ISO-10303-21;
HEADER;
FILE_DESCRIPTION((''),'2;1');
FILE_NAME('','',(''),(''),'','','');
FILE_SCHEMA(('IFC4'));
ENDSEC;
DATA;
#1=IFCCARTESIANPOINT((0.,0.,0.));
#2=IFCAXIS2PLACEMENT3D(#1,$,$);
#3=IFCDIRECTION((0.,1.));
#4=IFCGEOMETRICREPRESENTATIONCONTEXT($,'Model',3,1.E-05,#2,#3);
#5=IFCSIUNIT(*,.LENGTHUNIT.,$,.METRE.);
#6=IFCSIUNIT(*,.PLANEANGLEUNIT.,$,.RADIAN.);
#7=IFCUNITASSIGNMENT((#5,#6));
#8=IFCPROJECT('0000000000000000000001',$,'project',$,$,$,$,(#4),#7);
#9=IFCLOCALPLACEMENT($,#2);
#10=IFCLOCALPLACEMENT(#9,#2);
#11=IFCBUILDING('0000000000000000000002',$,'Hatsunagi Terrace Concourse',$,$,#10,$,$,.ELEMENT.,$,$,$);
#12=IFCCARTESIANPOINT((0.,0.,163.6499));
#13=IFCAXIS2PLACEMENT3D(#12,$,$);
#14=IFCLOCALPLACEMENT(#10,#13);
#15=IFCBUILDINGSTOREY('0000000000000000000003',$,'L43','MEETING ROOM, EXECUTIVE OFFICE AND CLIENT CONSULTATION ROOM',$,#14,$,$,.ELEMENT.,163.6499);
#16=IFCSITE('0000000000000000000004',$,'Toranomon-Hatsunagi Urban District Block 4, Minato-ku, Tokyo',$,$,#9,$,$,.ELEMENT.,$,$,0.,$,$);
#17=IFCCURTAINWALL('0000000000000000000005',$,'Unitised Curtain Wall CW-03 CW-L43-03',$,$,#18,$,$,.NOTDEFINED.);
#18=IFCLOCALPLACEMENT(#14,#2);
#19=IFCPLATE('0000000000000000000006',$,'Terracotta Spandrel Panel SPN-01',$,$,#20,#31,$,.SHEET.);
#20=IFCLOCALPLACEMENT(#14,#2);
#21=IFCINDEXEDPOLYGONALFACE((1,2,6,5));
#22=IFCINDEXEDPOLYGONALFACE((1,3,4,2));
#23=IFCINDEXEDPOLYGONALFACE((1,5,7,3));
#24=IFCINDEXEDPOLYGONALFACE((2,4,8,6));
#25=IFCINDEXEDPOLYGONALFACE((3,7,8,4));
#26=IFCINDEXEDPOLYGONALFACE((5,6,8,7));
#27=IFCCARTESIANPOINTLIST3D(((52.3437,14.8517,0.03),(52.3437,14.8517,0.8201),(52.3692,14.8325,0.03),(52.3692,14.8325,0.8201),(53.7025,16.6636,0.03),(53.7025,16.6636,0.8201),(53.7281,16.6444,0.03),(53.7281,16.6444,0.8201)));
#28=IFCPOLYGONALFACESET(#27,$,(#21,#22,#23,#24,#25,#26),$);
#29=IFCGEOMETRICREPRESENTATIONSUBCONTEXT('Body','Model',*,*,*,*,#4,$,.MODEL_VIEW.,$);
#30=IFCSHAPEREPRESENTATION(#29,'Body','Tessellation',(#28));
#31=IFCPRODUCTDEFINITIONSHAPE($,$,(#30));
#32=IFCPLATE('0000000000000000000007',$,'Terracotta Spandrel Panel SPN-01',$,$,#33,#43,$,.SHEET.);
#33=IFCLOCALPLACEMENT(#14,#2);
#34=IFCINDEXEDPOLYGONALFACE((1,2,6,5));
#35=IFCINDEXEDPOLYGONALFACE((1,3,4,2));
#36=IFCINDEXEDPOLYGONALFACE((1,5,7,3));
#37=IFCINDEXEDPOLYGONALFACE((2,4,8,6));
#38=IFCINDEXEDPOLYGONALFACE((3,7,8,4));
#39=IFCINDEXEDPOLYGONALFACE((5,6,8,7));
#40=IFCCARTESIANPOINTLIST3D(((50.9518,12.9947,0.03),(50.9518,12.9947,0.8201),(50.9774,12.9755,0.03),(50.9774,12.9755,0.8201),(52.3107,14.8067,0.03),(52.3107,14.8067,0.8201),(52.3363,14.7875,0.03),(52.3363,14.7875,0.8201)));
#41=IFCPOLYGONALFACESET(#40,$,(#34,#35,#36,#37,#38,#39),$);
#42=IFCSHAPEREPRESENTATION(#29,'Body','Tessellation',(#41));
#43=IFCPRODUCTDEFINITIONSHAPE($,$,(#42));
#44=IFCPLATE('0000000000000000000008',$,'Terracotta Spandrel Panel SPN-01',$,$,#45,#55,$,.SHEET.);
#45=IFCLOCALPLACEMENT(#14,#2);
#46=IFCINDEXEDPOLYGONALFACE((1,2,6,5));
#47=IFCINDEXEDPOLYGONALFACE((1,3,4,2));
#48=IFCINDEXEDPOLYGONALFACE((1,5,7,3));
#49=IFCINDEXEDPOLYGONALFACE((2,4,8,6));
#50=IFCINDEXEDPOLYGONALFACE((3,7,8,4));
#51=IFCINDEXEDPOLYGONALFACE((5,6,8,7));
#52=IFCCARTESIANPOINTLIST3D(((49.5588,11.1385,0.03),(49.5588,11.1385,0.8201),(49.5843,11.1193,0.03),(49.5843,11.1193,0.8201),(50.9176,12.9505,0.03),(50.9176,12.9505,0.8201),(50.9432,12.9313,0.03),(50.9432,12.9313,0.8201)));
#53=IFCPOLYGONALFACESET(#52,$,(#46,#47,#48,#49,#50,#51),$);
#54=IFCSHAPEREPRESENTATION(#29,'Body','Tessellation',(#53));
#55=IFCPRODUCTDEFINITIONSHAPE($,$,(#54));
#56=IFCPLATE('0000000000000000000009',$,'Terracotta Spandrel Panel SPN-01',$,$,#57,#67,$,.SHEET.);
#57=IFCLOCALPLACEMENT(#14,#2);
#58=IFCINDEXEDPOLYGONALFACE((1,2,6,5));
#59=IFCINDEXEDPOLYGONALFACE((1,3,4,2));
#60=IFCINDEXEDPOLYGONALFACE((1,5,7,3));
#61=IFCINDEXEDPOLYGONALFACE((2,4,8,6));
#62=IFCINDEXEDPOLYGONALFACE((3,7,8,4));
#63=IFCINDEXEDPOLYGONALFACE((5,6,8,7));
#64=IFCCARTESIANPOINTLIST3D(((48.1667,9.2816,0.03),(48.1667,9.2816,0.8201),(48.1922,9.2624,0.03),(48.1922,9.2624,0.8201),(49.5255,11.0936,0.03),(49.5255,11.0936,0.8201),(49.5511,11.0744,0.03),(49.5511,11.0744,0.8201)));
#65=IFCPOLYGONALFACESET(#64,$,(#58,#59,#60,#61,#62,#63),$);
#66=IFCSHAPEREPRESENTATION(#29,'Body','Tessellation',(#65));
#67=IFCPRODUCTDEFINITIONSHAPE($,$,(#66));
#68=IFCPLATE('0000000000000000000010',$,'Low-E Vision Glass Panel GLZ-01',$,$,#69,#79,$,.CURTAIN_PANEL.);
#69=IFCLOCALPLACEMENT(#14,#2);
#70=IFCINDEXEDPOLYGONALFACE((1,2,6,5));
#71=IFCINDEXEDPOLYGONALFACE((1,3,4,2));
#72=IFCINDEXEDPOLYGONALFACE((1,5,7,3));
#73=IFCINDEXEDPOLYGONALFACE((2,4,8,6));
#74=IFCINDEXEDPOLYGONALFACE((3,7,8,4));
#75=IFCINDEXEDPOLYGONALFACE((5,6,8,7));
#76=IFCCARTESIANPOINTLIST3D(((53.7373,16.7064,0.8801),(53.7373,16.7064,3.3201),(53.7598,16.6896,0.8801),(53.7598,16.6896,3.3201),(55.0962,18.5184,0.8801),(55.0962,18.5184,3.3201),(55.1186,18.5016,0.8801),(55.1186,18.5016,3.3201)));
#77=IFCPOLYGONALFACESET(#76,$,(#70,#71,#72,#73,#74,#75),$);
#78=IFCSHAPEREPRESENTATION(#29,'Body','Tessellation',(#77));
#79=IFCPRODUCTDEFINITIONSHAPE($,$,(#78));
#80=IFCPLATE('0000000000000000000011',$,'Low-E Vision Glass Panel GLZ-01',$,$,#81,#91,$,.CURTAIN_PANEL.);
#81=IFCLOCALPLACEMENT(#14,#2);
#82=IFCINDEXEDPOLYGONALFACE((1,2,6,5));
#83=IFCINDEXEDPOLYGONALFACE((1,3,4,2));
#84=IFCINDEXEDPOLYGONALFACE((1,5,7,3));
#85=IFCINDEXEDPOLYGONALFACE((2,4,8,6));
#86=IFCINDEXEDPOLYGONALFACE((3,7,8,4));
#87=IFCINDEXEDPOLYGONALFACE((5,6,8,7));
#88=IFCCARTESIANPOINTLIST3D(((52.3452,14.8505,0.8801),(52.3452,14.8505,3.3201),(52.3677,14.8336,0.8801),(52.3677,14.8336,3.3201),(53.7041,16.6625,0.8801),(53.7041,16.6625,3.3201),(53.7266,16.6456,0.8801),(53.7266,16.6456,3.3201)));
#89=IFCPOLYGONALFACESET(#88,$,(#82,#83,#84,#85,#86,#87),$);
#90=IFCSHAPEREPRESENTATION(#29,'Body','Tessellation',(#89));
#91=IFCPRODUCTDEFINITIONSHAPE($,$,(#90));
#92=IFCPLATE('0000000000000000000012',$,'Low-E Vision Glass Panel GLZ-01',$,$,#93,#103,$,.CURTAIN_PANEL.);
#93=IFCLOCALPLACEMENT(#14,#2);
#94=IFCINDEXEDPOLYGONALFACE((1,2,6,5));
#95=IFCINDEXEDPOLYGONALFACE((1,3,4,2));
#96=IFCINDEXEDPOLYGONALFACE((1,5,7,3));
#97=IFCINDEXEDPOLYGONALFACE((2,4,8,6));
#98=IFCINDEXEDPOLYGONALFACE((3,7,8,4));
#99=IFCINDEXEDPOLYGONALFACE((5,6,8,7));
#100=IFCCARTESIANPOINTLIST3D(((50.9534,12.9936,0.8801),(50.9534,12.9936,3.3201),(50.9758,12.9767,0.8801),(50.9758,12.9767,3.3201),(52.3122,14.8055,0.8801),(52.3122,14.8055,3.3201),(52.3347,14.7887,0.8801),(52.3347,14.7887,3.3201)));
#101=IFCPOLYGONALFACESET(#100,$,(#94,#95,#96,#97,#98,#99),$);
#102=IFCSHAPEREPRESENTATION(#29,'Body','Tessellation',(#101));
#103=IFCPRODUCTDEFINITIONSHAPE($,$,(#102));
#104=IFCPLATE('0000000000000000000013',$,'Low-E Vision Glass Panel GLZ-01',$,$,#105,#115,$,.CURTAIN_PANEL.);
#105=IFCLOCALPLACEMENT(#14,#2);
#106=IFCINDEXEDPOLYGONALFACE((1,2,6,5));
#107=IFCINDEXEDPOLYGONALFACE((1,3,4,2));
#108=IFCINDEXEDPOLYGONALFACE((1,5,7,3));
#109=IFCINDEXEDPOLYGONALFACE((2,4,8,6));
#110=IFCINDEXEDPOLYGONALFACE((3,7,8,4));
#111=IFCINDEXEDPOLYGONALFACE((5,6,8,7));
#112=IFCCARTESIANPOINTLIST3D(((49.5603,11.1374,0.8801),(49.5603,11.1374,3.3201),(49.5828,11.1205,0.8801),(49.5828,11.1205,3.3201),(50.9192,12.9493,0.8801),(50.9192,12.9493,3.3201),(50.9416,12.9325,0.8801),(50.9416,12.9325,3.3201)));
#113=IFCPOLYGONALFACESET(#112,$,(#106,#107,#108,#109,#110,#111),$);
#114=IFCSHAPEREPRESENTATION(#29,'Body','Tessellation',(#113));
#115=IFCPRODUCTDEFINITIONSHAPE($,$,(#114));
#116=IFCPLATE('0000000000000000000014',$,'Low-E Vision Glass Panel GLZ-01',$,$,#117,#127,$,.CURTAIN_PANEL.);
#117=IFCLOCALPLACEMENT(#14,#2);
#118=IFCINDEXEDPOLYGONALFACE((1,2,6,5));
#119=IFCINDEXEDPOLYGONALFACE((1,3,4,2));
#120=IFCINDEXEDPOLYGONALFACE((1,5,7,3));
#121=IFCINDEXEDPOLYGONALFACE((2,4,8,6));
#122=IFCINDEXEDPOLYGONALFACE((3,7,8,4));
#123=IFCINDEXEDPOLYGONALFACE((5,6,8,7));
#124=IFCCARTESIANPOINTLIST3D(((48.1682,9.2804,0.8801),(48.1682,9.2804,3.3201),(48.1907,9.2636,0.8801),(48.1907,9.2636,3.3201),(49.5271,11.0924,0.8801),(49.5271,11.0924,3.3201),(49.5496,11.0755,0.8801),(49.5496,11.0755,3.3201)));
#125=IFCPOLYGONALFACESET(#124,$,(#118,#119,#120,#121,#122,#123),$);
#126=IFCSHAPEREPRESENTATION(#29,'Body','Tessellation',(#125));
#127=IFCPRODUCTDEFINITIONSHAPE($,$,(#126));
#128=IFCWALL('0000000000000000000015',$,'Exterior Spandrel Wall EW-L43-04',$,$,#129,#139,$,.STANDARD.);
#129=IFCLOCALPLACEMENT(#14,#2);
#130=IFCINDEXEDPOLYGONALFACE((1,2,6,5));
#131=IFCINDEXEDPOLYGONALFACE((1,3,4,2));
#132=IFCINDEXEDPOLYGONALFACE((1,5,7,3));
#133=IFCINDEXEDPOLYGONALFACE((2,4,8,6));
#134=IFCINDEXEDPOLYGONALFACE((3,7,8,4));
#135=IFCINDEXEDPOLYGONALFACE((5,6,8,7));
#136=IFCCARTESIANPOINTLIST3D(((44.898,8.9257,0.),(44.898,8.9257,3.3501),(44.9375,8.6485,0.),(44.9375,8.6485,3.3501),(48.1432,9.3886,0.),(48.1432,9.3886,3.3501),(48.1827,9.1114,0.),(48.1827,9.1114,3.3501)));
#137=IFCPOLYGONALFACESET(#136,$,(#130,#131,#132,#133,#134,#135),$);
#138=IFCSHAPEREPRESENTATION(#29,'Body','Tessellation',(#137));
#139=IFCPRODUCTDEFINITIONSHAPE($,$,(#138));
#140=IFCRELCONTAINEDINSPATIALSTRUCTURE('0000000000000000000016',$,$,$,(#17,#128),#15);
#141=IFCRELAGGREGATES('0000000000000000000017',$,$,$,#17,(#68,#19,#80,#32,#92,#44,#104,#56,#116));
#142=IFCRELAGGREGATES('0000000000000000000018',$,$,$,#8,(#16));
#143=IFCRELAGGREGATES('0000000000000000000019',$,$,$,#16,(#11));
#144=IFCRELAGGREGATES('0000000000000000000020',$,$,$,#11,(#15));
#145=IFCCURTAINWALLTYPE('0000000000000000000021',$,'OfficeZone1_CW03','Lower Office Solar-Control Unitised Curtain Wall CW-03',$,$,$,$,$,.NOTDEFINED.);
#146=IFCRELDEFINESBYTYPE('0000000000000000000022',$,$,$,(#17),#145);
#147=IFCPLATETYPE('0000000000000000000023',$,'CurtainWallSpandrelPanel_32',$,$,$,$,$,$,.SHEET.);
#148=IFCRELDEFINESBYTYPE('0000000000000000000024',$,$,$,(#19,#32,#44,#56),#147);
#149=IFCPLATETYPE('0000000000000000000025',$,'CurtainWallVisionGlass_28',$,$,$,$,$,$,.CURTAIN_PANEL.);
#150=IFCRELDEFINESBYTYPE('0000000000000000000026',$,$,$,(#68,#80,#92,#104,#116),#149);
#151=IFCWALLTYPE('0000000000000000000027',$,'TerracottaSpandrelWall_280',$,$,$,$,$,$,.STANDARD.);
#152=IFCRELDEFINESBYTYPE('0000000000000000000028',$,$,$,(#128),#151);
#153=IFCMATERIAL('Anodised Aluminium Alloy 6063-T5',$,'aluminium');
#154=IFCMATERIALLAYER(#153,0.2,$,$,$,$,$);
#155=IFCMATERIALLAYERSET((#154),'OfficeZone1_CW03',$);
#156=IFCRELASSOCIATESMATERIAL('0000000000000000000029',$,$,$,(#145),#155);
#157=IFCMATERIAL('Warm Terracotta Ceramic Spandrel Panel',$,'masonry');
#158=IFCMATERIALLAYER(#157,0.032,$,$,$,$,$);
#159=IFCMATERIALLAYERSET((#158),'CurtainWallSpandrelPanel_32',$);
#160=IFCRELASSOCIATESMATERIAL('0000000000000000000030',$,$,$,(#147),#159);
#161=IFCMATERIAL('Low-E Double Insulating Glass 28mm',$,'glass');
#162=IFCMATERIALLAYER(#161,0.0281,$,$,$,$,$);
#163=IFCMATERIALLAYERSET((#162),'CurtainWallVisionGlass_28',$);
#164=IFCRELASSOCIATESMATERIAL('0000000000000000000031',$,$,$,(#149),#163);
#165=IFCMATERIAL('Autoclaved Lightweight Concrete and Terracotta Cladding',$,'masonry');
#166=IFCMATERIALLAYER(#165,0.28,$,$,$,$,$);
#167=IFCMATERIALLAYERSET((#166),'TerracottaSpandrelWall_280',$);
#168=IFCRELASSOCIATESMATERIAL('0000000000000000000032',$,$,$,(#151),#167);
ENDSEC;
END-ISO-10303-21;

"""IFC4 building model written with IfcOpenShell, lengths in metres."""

from ifc_helpers import new_model, si_unit, direction, frame, frame_2d, origin, origin_2d, place, context, subcontext, project, spatial, rectangle, extrude, material, layer, layer_set, type_object, element, aggregate, save


model = new_model("IFC4")

# Units and contexts
model_context = context("Model", 3, precision=1e-05, world=origin(), true_north=direction((0.0, 1.0)))
body_context = subcontext(model_context, "Body", "Model", "MODEL_VIEW")
ifc_project = project(units=[si_unit("LENGTHUNIT", "METRE"), si_unit("PLANEANGLEUNIT", "RADIAN")], contexts=[model_context])

# Site, building, storey
site_placement = place(None, origin())
site = spatial("IfcSite", under=ifc_project, at=site_placement, Name="Toranomon-Hatsunagi Urban District Block 4, Minato-ku, Tokyo", CompositionType="ELEMENT", RefElevation=0.0)
building_placement = place(site_placement, origin())
building = spatial("IfcBuilding", under=site, at=building_placement, Name="Hatsunagi Terrace Concourse", CompositionType="ELEMENT")
storey_placement = place(building_placement, frame((0.0, 0.0, 163.6499)))
storey = spatial("IfcBuildingStorey", under=building, at=storey_placement, Name="L43", Description="MEETING ROOM, EXECUTIVE OFFICE AND CLIENT CONSULTATION ROOM", CompositionType="ELEMENT", Elevation=163.6499)

# Curtain wall
ifc_material_1 = material(Name="Anodised Aluminium Alloy 6063-T5", Category="aluminium")
ifc_layer_1 = layer(ifc_material_1, 0.2)
ifc_layer_set_1 = layer_set([ifc_layer_1], Name="OfficeZone1_CW03")
curtain_wall_type = type_object("IfcCurtainWallType", Name="OfficeZone1_CW03", Description="Lower Office Solar-Control Unitised Curtain Wall CW-03", PredefinedType="NOTDEFINED", material=ifc_layer_set_1)
curtain_wall_placement = place(storey_placement, origin())
curtain_wall = element("IfcCurtainWall", 1, at=curtain_wall_placement, inside=storey, type_object=curtain_wall_type, Name="Unitised Curtain Wall CW-03 CW-L43-03", PredefinedType="NOTDEFINED")

# Plates
ifc_material_2 = material(Name="Warm Terracotta Ceramic Spandrel Panel", Category="masonry")
ifc_layer_2 = layer(ifc_material_2, 0.032)
ifc_layer_set_2 = layer_set([ifc_layer_2], Name="CurtainWallSpandrelPanel_32")
plate_type_1 = type_object("IfcPlateType", Name="CurtainWallSpandrelPanel_32", PredefinedType="SHEET", material=ifc_layer_set_2)
plate_1_placement = place(storey_placement, frame((53.0359, 15.748, 0.03), z_axis=(0.0, 0.0, 1.0), x_axis=(-0.599969, -0.800023, 0.0)))
plate_1 = element("IfcPlate", 2, at=plate_1_placement, type_object=plate_type_1, Name="Terracotta Spandrel Panel SPN-01", PredefinedType="SHEET", context=body_context, shape_type="SweptSolid", body=[
    extrude(rectangle(XDim=2.2649, YDim=0.032, at=origin_2d()), origin(), (0.0, 0.0, 1.0), 0.79),
])
plate_2_placement = place(storey_placement, frame((51.644, 13.8911, 0.03), z_axis=(0.0, 0.0, 1.0), x_axis=(-0.599969, -0.800023, 0.0)))
plate_2 = element("IfcPlate", 3, at=plate_2_placement, type_object=plate_type_1, Name="Terracotta Spandrel Panel SPN-01", PredefinedType="SHEET", context=body_context, shape_type="SweptSolid", body=[
    extrude(rectangle(XDim=2.2649, YDim=0.032, at=origin_2d()), origin(), (0.0, 0.0, 1.0), 0.79),
])
plate_3_placement = place(storey_placement, frame((50.251, 12.0349, 0.03), z_axis=(0.0, 0.0, 1.0), x_axis=(-0.599969, -0.800023, 0.0)))
plate_3 = element("IfcPlate", 4, at=plate_3_placement, type_object=plate_type_1, Name="Terracotta Spandrel Panel SPN-01", PredefinedType="SHEET", context=body_context, shape_type="SweptSolid", body=[
    extrude(rectangle(XDim=2.2649, YDim=0.032, at=origin_2d()), origin(), (0.0, 0.0, 1.0), 0.79),
])
plate_4_placement = place(storey_placement, frame((48.8589, 10.178, 0.03), z_axis=(0.0, 0.0, 1.0), x_axis=(-0.599969, -0.800023, 0.0)))
plate_4 = element("IfcPlate", 5, at=plate_4_placement, type_object=plate_type_1, Name="Terracotta Spandrel Panel SPN-01", PredefinedType="SHEET", context=body_context, shape_type="SweptSolid", body=[
    extrude(rectangle(XDim=2.2649, YDim=0.032, at=origin_2d()), origin(), (0.0, 0.0, 1.0), 0.79),
])
ifc_material_3 = material(Name="Low-E Double Insulating Glass 28mm", Category="glass")
ifc_layer_3 = layer(ifc_material_3, 0.0281)
ifc_layer_set_3 = layer_set([ifc_layer_3], Name="CurtainWallVisionGlass_28")
plate_type_2 = type_object("IfcPlateType", Name="CurtainWallVisionGlass_28", PredefinedType="CURTAIN_PANEL", material=ifc_layer_set_3)
plate_5_placement = place(storey_placement, frame((54.428, 17.604, 0.8801), z_axis=(0.0, 0.0, 1.0), x_axis=(-0.599969, -0.800023, 0.0)))
plate_5 = element("IfcPlate", 6, at=plate_5_placement, type_object=plate_type_2, Name="Low-E Vision Glass Panel GLZ-01", PredefinedType="CURTAIN_PANEL", context=body_context, shape_type="SweptSolid", body=[
    extrude(rectangle(XDim=2.2649, YDim=0.0281, at=origin_2d()), origin(), (0.0, 0.0, 1.0), 2.4399),
])
plate_6_placement = place(storey_placement, frame((53.0359, 15.748, 0.8801), z_axis=(0.0, 0.0, 1.0), x_axis=(-0.599969, -0.800023, 0.0)))
plate_6 = element("IfcPlate", 7, at=plate_6_placement, type_object=plate_type_2, Name="Low-E Vision Glass Panel GLZ-01", PredefinedType="CURTAIN_PANEL", context=body_context, shape_type="SweptSolid", body=[
    extrude(rectangle(XDim=2.2649, YDim=0.0281, at=origin_2d()), origin(), (0.0, 0.0, 1.0), 2.4399),
])
plate_7_placement = place(storey_placement, frame((51.644, 13.8911, 0.8801), z_axis=(0.0, 0.0, 1.0), x_axis=(-0.599969, -0.800023, 0.0)))
plate_7 = element("IfcPlate", 8, at=plate_7_placement, type_object=plate_type_2, Name="Low-E Vision Glass Panel GLZ-01", PredefinedType="CURTAIN_PANEL", context=body_context, shape_type="SweptSolid", body=[
    extrude(rectangle(XDim=2.2649, YDim=0.0281, at=origin_2d()), origin(), (0.0, 0.0, 1.0), 2.4399),
])
plate_8_placement = place(storey_placement, frame((50.251, 12.0349, 0.8801), z_axis=(0.0, 0.0, 1.0), x_axis=(-0.599969, -0.800023, 0.0)))
plate_8 = element("IfcPlate", 9, at=plate_8_placement, type_object=plate_type_2, Name="Low-E Vision Glass Panel GLZ-01", PredefinedType="CURTAIN_PANEL", context=body_context, shape_type="SweptSolid", body=[
    extrude(rectangle(XDim=2.2649, YDim=0.0281, at=origin_2d()), origin(), (0.0, 0.0, 1.0), 2.4399),
])
plate_9_placement = place(storey_placement, frame((48.8589, 10.178, 0.8801), z_axis=(0.0, 0.0, 1.0), x_axis=(-0.599969, -0.800023, 0.0)))
plate_9 = element("IfcPlate", 10, at=plate_9_placement, type_object=plate_type_2, Name="Low-E Vision Glass Panel GLZ-01", PredefinedType="CURTAIN_PANEL", context=body_context, shape_type="SweptSolid", body=[
    extrude(rectangle(XDim=2.2649, YDim=0.0281, at=origin_2d()), origin(), (0.0, 0.0, 1.0), 2.4399),
])
aggregate(curtain_wall, [plate_5, plate_1, plate_6, plate_2, plate_7, plate_3, plate_8, plate_4, plate_9])

# Wall
ifc_material_4 = material(Name="Autoclaved Lightweight Concrete and Terracotta Cladding", Category="masonry")
ifc_layer_4 = layer(ifc_material_4, 0.28)
ifc_layer_set_4 = layer_set([ifc_layer_4], Name="TerracottaSpandrelWall_280")
wall_type = type_object("IfcWallType", Name="TerracottaSpandrelWall_280", PredefinedType="STANDARD", material=ifc_layer_set_4)
wall_placement = place(storey_placement, frame((48.1631, 9.25, 0.0), z_axis=(0.0, 0.0, 1.0), x_axis=(-0.989979, -0.141213, 0.0)))
element("IfcWall", 11, at=wall_placement, inside=storey, type_object=wall_type, Name="Exterior Spandrel Wall EW-L43-04", PredefinedType="STANDARD", context=body_context, shape_type="SweptSolid", body=[
    extrude(rectangle(XDim=3.2781, YDim=0.28, at=frame_2d((1.6392, 0.0))), origin(), (0.0, 0.0, 1.0), 3.3501),
])

save(model, "model.ifc")
